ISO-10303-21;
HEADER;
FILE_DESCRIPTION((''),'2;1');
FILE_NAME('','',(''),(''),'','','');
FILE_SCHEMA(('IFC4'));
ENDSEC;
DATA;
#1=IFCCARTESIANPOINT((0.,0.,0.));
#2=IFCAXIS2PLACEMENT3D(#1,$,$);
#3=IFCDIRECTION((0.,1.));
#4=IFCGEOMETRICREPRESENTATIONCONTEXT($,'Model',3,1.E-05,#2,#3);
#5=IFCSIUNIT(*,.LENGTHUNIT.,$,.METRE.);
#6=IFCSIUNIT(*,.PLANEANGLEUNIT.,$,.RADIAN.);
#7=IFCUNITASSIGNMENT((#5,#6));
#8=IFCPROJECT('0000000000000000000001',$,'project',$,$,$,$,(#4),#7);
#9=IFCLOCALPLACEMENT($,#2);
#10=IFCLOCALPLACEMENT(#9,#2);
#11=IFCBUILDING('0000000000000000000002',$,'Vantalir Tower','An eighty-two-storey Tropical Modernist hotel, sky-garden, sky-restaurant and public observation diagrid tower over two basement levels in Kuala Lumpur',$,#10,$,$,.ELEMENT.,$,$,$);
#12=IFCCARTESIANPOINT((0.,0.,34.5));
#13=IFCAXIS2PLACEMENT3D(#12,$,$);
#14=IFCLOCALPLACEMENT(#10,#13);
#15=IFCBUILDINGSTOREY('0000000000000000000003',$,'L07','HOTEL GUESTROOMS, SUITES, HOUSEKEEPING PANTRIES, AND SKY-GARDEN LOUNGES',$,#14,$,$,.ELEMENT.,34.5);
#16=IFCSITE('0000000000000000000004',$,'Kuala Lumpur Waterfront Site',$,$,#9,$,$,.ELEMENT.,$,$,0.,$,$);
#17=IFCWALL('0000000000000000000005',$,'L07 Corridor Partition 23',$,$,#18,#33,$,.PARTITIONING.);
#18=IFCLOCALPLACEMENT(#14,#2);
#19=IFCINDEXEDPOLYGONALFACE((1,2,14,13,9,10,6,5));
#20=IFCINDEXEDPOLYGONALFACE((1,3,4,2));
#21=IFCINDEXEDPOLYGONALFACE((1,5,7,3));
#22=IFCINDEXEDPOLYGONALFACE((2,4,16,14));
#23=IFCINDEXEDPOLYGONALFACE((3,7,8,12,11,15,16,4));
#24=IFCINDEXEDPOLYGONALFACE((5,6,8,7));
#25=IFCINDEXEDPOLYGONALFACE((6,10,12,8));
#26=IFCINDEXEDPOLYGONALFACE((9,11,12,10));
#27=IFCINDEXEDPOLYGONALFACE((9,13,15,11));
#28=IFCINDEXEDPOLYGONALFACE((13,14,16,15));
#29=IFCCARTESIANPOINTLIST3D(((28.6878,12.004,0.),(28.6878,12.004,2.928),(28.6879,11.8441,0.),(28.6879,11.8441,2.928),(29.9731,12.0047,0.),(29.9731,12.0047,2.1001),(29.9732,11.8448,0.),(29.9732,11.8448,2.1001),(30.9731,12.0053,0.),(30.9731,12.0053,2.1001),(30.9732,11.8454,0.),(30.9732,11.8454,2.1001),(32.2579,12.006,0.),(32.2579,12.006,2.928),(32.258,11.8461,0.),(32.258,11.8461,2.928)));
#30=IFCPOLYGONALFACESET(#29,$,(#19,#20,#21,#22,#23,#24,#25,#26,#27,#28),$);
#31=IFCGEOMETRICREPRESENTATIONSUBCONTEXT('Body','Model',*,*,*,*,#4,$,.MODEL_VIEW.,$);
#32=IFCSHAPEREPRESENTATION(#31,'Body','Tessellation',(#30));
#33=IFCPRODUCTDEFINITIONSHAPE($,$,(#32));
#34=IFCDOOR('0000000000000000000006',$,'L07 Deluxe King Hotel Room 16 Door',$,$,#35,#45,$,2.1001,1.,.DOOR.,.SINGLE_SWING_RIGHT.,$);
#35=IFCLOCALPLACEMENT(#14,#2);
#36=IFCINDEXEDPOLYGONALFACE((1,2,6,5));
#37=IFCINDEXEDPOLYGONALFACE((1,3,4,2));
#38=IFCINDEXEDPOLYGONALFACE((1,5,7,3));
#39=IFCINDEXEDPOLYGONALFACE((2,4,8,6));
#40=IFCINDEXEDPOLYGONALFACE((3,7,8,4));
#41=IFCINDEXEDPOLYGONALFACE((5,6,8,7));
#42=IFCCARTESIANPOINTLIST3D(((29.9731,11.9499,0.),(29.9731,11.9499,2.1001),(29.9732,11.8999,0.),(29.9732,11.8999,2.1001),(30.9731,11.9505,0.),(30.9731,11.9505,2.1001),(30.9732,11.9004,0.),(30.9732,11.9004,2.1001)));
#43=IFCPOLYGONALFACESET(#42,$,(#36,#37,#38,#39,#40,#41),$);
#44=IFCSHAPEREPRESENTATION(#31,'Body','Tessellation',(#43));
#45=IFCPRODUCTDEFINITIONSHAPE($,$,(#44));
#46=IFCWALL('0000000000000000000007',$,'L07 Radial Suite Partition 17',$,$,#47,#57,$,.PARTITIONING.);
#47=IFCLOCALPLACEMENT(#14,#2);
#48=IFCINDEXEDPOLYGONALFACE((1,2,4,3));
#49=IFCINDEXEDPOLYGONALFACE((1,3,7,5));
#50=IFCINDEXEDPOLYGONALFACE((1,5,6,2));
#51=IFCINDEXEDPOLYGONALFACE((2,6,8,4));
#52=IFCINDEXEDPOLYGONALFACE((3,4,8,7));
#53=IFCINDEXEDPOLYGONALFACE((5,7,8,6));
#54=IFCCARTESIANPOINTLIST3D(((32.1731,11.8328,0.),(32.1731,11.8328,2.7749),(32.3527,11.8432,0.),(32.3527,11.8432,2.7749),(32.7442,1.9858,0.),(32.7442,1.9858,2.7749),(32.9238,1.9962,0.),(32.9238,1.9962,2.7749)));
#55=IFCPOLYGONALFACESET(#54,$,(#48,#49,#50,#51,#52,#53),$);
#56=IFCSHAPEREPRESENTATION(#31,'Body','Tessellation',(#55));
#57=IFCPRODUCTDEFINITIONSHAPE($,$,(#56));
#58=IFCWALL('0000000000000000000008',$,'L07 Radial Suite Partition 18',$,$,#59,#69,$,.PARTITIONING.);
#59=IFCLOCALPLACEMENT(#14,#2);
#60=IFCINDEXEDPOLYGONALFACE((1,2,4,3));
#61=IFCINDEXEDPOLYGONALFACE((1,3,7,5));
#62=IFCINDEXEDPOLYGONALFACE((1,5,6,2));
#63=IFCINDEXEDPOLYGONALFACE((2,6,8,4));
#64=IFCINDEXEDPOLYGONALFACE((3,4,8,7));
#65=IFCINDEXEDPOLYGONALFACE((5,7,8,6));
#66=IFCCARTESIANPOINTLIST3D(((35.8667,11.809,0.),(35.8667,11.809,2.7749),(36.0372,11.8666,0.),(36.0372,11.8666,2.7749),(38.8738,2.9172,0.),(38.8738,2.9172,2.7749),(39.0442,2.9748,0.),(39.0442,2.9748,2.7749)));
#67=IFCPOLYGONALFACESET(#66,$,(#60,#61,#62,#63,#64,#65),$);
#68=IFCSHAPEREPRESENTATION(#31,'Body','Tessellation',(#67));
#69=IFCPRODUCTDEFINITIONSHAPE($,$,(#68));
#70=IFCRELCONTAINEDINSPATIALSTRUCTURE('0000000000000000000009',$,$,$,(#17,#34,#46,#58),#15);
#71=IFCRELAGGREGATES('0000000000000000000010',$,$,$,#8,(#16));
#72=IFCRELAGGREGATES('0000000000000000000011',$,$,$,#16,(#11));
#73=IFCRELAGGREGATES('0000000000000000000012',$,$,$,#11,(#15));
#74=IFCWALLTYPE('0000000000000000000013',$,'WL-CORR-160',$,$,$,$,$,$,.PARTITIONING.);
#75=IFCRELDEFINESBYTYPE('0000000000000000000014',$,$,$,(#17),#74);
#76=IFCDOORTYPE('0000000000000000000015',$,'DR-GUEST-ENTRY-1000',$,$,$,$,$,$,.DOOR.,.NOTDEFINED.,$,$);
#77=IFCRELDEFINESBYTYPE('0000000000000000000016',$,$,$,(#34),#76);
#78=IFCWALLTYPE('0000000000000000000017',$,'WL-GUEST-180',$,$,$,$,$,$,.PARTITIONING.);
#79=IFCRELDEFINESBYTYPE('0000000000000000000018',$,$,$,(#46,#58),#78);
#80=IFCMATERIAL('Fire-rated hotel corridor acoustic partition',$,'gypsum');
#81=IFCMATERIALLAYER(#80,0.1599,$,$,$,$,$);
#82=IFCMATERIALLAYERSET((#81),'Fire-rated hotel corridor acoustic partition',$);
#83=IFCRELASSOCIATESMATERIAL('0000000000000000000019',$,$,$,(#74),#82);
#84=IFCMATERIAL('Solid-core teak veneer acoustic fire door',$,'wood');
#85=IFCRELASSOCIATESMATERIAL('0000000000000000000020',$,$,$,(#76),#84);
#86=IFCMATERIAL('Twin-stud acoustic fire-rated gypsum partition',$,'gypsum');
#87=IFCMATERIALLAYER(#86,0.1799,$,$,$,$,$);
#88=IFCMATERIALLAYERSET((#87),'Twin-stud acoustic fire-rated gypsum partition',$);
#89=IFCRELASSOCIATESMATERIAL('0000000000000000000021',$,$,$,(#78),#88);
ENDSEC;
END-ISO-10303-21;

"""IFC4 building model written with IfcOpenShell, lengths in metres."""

from ifc_helpers import new_model, si_unit, direction, frame, frame_2d, origin, place, context, subcontext, project, spatial, rectangle, extrude, material, layer, layer_set, type_object, element, fill, save


model = new_model("IFC4")

# Units and contexts
model_context = context("Model", 3, precision=1e-05, world=origin(), true_north=direction((0.0, 1.0)))
body_context = subcontext(model_context, "Body", "Model", "MODEL_VIEW")
ifc_project = project(units=[si_unit("LENGTHUNIT", "METRE"), si_unit("PLANEANGLEUNIT", "RADIAN")], contexts=[model_context])

# Site, building, storey
site_placement = place(None, origin())
site = spatial("IfcSite", under=ifc_project, at=site_placement, Name="Kuala Lumpur Waterfront Site", CompositionType="ELEMENT", RefElevation=0.0)
building_placement = place(site_placement, origin())
building = spatial("IfcBuilding", under=site, at=building_placement, Name="Vantalir Tower", Description="An eighty-two-storey Tropical Modernist hotel, sky-garden, sky-restaurant and public observation diagrid tower over two basement levels in Kuala Lumpur", CompositionType="ELEMENT")
storey_placement = place(building_placement, frame((0.0, 0.0, 34.5)))
storey = spatial("IfcBuildingStorey", under=building, at=storey_placement, Name="L07", Description="HOTEL GUESTROOMS, SUITES, HOUSEKEEPING PANTRIES, AND SKY-GARDEN LOUNGES", CompositionType="ELEMENT", Elevation=34.5)

# Wall, opening, door
ifc_material_1 = material(Name="Fire-rated hotel corridor acoustic partition", Category="gypsum")
ifc_layer_1 = layer(ifc_material_1, 0.1599)
ifc_layer_set_1 = layer_set([ifc_layer_1], Name="Fire-rated hotel corridor acoustic partition")
wall_type_1 = type_object("IfcWallType", Name="WL-CORR-160", PredefinedType="PARTITIONING", material=ifc_layer_set_1)
ifc_material_2 = material(Name="Solid-core teak veneer acoustic fire door", Category="wood")
door_type_1 = type_object("IfcDoorType", Name="DR-GUEST-ENTRY-1000", OperationType="NOTDEFINED", PredefinedType="DOOR", material=ifc_material_2)
wall_1_placement = place(storey_placement, frame((32.2581, 11.926, 0.0), z_axis=(0.0, 0.0, 1.0), x_axis=(-1.0, -0.000547, 0.0)))
wall_1 = element("IfcWall", 1, at=wall_1_placement, inside=storey, type_object=wall_type_1, Name="L07 Corridor Partition 23", PredefinedType="PARTITIONING", context=body_context, shape_type="SweptSolid", body=[
    extrude(rectangle(XDim=3.5701, YDim=0.1599, at=frame_2d((1.7852, 0.0))), origin(), (0.0, 0.0, 1.0), 2.928),
])
opening_1_placement = place(wall_1_placement, frame((1.2849, 0.0, 0.0)))
opening_1 = element("IfcOpeningElement", 2, at=opening_1_placement, cuts=wall_1, PredefinedType="OPENING", context=body_context, shape_type="SweptSolid", body=[
    extrude(rectangle(XDim=1.0, YDim=2.1001, at=frame_2d((0.5, 1.05))), frame((0.0, 0.0898, 0.0), z_axis=(0.0, -1.0, 0.0), x_axis=(1.0, 0.0, 0.0)), (0.0, 0.0, 1.0), 0.1799),
])
door_1_placement = place(opening_1_placement, origin())
door_1 = element("IfcDoor", 3, at=door_1_placement, inside=storey, type_object=door_type_1, Name="L07 Deluxe King Hotel Room 16 Door", OperationType="SINGLE_SWING_RIGHT", OverallHeight=2.1001, OverallWidth=1.0, PredefinedType="DOOR", context=body_context, shape_type="SweptSolid", body=[
    extrude(rectangle(XDim=1.0, YDim=2.1001, at=frame_2d((0.5, 1.05))), frame((0.0, 0.0249, 0.0), z_axis=(0.0, -1.0, 0.0), x_axis=(1.0, 0.0, 0.0)), (0.0, 0.0, 1.0), 0.05),
])
fill(opening_1, door_1)

# Walls
ifc_material_3 = material(Name="Twin-stud acoustic fire-rated gypsum partition", Category="gypsum")
ifc_layer_2 = layer(ifc_material_3, 0.1799)
ifc_layer_set_2 = layer_set([ifc_layer_2], Name="Twin-stud acoustic fire-rated gypsum partition")
wall_type_2 = type_object("IfcWallType", Name="WL-GUEST-180", PredefinedType="PARTITIONING", material=ifc_layer_set_2)
wall_2_placement = place(storey_placement, frame((32.2629, 11.8379, 0.0), z_axis=(0.0, 0.0, 1.0), x_axis=(0.057895, -0.998323, 0.0)))
element("IfcWall", 4, at=wall_2_placement, inside=storey, type_object=wall_type_2, Name="L07 Radial Suite Partition 17", PredefinedType="PARTITIONING", context=body_context, shape_type="SweptSolid", body=[
    extrude(rectangle(XDim=9.8635, YDim=0.1799, at=frame_2d((4.9316, 0.0))), origin(), (0.0, 0.0, 1.0), 2.7749),
])
wall_3_placement = place(storey_placement, frame((35.9519, 11.8379, 0.0), z_axis=(0.0, 0.0, 1.0), x_axis=(0.32036, -0.947296, 0.0)))
element("IfcWall", 5, at=wall_3_placement, inside=storey, type_object=wall_type_2, Name="L07 Radial Suite Partition 18", PredefinedType="PARTITIONING", context=body_context, shape_type="SweptSolid", body=[
    extrude(rectangle(XDim=9.3865, YDim=0.1799, at=frame_2d((4.6934, 0.0))), origin(), (0.0, 0.0, 1.0), 2.7749),
])

save(model, "model.ifc")
